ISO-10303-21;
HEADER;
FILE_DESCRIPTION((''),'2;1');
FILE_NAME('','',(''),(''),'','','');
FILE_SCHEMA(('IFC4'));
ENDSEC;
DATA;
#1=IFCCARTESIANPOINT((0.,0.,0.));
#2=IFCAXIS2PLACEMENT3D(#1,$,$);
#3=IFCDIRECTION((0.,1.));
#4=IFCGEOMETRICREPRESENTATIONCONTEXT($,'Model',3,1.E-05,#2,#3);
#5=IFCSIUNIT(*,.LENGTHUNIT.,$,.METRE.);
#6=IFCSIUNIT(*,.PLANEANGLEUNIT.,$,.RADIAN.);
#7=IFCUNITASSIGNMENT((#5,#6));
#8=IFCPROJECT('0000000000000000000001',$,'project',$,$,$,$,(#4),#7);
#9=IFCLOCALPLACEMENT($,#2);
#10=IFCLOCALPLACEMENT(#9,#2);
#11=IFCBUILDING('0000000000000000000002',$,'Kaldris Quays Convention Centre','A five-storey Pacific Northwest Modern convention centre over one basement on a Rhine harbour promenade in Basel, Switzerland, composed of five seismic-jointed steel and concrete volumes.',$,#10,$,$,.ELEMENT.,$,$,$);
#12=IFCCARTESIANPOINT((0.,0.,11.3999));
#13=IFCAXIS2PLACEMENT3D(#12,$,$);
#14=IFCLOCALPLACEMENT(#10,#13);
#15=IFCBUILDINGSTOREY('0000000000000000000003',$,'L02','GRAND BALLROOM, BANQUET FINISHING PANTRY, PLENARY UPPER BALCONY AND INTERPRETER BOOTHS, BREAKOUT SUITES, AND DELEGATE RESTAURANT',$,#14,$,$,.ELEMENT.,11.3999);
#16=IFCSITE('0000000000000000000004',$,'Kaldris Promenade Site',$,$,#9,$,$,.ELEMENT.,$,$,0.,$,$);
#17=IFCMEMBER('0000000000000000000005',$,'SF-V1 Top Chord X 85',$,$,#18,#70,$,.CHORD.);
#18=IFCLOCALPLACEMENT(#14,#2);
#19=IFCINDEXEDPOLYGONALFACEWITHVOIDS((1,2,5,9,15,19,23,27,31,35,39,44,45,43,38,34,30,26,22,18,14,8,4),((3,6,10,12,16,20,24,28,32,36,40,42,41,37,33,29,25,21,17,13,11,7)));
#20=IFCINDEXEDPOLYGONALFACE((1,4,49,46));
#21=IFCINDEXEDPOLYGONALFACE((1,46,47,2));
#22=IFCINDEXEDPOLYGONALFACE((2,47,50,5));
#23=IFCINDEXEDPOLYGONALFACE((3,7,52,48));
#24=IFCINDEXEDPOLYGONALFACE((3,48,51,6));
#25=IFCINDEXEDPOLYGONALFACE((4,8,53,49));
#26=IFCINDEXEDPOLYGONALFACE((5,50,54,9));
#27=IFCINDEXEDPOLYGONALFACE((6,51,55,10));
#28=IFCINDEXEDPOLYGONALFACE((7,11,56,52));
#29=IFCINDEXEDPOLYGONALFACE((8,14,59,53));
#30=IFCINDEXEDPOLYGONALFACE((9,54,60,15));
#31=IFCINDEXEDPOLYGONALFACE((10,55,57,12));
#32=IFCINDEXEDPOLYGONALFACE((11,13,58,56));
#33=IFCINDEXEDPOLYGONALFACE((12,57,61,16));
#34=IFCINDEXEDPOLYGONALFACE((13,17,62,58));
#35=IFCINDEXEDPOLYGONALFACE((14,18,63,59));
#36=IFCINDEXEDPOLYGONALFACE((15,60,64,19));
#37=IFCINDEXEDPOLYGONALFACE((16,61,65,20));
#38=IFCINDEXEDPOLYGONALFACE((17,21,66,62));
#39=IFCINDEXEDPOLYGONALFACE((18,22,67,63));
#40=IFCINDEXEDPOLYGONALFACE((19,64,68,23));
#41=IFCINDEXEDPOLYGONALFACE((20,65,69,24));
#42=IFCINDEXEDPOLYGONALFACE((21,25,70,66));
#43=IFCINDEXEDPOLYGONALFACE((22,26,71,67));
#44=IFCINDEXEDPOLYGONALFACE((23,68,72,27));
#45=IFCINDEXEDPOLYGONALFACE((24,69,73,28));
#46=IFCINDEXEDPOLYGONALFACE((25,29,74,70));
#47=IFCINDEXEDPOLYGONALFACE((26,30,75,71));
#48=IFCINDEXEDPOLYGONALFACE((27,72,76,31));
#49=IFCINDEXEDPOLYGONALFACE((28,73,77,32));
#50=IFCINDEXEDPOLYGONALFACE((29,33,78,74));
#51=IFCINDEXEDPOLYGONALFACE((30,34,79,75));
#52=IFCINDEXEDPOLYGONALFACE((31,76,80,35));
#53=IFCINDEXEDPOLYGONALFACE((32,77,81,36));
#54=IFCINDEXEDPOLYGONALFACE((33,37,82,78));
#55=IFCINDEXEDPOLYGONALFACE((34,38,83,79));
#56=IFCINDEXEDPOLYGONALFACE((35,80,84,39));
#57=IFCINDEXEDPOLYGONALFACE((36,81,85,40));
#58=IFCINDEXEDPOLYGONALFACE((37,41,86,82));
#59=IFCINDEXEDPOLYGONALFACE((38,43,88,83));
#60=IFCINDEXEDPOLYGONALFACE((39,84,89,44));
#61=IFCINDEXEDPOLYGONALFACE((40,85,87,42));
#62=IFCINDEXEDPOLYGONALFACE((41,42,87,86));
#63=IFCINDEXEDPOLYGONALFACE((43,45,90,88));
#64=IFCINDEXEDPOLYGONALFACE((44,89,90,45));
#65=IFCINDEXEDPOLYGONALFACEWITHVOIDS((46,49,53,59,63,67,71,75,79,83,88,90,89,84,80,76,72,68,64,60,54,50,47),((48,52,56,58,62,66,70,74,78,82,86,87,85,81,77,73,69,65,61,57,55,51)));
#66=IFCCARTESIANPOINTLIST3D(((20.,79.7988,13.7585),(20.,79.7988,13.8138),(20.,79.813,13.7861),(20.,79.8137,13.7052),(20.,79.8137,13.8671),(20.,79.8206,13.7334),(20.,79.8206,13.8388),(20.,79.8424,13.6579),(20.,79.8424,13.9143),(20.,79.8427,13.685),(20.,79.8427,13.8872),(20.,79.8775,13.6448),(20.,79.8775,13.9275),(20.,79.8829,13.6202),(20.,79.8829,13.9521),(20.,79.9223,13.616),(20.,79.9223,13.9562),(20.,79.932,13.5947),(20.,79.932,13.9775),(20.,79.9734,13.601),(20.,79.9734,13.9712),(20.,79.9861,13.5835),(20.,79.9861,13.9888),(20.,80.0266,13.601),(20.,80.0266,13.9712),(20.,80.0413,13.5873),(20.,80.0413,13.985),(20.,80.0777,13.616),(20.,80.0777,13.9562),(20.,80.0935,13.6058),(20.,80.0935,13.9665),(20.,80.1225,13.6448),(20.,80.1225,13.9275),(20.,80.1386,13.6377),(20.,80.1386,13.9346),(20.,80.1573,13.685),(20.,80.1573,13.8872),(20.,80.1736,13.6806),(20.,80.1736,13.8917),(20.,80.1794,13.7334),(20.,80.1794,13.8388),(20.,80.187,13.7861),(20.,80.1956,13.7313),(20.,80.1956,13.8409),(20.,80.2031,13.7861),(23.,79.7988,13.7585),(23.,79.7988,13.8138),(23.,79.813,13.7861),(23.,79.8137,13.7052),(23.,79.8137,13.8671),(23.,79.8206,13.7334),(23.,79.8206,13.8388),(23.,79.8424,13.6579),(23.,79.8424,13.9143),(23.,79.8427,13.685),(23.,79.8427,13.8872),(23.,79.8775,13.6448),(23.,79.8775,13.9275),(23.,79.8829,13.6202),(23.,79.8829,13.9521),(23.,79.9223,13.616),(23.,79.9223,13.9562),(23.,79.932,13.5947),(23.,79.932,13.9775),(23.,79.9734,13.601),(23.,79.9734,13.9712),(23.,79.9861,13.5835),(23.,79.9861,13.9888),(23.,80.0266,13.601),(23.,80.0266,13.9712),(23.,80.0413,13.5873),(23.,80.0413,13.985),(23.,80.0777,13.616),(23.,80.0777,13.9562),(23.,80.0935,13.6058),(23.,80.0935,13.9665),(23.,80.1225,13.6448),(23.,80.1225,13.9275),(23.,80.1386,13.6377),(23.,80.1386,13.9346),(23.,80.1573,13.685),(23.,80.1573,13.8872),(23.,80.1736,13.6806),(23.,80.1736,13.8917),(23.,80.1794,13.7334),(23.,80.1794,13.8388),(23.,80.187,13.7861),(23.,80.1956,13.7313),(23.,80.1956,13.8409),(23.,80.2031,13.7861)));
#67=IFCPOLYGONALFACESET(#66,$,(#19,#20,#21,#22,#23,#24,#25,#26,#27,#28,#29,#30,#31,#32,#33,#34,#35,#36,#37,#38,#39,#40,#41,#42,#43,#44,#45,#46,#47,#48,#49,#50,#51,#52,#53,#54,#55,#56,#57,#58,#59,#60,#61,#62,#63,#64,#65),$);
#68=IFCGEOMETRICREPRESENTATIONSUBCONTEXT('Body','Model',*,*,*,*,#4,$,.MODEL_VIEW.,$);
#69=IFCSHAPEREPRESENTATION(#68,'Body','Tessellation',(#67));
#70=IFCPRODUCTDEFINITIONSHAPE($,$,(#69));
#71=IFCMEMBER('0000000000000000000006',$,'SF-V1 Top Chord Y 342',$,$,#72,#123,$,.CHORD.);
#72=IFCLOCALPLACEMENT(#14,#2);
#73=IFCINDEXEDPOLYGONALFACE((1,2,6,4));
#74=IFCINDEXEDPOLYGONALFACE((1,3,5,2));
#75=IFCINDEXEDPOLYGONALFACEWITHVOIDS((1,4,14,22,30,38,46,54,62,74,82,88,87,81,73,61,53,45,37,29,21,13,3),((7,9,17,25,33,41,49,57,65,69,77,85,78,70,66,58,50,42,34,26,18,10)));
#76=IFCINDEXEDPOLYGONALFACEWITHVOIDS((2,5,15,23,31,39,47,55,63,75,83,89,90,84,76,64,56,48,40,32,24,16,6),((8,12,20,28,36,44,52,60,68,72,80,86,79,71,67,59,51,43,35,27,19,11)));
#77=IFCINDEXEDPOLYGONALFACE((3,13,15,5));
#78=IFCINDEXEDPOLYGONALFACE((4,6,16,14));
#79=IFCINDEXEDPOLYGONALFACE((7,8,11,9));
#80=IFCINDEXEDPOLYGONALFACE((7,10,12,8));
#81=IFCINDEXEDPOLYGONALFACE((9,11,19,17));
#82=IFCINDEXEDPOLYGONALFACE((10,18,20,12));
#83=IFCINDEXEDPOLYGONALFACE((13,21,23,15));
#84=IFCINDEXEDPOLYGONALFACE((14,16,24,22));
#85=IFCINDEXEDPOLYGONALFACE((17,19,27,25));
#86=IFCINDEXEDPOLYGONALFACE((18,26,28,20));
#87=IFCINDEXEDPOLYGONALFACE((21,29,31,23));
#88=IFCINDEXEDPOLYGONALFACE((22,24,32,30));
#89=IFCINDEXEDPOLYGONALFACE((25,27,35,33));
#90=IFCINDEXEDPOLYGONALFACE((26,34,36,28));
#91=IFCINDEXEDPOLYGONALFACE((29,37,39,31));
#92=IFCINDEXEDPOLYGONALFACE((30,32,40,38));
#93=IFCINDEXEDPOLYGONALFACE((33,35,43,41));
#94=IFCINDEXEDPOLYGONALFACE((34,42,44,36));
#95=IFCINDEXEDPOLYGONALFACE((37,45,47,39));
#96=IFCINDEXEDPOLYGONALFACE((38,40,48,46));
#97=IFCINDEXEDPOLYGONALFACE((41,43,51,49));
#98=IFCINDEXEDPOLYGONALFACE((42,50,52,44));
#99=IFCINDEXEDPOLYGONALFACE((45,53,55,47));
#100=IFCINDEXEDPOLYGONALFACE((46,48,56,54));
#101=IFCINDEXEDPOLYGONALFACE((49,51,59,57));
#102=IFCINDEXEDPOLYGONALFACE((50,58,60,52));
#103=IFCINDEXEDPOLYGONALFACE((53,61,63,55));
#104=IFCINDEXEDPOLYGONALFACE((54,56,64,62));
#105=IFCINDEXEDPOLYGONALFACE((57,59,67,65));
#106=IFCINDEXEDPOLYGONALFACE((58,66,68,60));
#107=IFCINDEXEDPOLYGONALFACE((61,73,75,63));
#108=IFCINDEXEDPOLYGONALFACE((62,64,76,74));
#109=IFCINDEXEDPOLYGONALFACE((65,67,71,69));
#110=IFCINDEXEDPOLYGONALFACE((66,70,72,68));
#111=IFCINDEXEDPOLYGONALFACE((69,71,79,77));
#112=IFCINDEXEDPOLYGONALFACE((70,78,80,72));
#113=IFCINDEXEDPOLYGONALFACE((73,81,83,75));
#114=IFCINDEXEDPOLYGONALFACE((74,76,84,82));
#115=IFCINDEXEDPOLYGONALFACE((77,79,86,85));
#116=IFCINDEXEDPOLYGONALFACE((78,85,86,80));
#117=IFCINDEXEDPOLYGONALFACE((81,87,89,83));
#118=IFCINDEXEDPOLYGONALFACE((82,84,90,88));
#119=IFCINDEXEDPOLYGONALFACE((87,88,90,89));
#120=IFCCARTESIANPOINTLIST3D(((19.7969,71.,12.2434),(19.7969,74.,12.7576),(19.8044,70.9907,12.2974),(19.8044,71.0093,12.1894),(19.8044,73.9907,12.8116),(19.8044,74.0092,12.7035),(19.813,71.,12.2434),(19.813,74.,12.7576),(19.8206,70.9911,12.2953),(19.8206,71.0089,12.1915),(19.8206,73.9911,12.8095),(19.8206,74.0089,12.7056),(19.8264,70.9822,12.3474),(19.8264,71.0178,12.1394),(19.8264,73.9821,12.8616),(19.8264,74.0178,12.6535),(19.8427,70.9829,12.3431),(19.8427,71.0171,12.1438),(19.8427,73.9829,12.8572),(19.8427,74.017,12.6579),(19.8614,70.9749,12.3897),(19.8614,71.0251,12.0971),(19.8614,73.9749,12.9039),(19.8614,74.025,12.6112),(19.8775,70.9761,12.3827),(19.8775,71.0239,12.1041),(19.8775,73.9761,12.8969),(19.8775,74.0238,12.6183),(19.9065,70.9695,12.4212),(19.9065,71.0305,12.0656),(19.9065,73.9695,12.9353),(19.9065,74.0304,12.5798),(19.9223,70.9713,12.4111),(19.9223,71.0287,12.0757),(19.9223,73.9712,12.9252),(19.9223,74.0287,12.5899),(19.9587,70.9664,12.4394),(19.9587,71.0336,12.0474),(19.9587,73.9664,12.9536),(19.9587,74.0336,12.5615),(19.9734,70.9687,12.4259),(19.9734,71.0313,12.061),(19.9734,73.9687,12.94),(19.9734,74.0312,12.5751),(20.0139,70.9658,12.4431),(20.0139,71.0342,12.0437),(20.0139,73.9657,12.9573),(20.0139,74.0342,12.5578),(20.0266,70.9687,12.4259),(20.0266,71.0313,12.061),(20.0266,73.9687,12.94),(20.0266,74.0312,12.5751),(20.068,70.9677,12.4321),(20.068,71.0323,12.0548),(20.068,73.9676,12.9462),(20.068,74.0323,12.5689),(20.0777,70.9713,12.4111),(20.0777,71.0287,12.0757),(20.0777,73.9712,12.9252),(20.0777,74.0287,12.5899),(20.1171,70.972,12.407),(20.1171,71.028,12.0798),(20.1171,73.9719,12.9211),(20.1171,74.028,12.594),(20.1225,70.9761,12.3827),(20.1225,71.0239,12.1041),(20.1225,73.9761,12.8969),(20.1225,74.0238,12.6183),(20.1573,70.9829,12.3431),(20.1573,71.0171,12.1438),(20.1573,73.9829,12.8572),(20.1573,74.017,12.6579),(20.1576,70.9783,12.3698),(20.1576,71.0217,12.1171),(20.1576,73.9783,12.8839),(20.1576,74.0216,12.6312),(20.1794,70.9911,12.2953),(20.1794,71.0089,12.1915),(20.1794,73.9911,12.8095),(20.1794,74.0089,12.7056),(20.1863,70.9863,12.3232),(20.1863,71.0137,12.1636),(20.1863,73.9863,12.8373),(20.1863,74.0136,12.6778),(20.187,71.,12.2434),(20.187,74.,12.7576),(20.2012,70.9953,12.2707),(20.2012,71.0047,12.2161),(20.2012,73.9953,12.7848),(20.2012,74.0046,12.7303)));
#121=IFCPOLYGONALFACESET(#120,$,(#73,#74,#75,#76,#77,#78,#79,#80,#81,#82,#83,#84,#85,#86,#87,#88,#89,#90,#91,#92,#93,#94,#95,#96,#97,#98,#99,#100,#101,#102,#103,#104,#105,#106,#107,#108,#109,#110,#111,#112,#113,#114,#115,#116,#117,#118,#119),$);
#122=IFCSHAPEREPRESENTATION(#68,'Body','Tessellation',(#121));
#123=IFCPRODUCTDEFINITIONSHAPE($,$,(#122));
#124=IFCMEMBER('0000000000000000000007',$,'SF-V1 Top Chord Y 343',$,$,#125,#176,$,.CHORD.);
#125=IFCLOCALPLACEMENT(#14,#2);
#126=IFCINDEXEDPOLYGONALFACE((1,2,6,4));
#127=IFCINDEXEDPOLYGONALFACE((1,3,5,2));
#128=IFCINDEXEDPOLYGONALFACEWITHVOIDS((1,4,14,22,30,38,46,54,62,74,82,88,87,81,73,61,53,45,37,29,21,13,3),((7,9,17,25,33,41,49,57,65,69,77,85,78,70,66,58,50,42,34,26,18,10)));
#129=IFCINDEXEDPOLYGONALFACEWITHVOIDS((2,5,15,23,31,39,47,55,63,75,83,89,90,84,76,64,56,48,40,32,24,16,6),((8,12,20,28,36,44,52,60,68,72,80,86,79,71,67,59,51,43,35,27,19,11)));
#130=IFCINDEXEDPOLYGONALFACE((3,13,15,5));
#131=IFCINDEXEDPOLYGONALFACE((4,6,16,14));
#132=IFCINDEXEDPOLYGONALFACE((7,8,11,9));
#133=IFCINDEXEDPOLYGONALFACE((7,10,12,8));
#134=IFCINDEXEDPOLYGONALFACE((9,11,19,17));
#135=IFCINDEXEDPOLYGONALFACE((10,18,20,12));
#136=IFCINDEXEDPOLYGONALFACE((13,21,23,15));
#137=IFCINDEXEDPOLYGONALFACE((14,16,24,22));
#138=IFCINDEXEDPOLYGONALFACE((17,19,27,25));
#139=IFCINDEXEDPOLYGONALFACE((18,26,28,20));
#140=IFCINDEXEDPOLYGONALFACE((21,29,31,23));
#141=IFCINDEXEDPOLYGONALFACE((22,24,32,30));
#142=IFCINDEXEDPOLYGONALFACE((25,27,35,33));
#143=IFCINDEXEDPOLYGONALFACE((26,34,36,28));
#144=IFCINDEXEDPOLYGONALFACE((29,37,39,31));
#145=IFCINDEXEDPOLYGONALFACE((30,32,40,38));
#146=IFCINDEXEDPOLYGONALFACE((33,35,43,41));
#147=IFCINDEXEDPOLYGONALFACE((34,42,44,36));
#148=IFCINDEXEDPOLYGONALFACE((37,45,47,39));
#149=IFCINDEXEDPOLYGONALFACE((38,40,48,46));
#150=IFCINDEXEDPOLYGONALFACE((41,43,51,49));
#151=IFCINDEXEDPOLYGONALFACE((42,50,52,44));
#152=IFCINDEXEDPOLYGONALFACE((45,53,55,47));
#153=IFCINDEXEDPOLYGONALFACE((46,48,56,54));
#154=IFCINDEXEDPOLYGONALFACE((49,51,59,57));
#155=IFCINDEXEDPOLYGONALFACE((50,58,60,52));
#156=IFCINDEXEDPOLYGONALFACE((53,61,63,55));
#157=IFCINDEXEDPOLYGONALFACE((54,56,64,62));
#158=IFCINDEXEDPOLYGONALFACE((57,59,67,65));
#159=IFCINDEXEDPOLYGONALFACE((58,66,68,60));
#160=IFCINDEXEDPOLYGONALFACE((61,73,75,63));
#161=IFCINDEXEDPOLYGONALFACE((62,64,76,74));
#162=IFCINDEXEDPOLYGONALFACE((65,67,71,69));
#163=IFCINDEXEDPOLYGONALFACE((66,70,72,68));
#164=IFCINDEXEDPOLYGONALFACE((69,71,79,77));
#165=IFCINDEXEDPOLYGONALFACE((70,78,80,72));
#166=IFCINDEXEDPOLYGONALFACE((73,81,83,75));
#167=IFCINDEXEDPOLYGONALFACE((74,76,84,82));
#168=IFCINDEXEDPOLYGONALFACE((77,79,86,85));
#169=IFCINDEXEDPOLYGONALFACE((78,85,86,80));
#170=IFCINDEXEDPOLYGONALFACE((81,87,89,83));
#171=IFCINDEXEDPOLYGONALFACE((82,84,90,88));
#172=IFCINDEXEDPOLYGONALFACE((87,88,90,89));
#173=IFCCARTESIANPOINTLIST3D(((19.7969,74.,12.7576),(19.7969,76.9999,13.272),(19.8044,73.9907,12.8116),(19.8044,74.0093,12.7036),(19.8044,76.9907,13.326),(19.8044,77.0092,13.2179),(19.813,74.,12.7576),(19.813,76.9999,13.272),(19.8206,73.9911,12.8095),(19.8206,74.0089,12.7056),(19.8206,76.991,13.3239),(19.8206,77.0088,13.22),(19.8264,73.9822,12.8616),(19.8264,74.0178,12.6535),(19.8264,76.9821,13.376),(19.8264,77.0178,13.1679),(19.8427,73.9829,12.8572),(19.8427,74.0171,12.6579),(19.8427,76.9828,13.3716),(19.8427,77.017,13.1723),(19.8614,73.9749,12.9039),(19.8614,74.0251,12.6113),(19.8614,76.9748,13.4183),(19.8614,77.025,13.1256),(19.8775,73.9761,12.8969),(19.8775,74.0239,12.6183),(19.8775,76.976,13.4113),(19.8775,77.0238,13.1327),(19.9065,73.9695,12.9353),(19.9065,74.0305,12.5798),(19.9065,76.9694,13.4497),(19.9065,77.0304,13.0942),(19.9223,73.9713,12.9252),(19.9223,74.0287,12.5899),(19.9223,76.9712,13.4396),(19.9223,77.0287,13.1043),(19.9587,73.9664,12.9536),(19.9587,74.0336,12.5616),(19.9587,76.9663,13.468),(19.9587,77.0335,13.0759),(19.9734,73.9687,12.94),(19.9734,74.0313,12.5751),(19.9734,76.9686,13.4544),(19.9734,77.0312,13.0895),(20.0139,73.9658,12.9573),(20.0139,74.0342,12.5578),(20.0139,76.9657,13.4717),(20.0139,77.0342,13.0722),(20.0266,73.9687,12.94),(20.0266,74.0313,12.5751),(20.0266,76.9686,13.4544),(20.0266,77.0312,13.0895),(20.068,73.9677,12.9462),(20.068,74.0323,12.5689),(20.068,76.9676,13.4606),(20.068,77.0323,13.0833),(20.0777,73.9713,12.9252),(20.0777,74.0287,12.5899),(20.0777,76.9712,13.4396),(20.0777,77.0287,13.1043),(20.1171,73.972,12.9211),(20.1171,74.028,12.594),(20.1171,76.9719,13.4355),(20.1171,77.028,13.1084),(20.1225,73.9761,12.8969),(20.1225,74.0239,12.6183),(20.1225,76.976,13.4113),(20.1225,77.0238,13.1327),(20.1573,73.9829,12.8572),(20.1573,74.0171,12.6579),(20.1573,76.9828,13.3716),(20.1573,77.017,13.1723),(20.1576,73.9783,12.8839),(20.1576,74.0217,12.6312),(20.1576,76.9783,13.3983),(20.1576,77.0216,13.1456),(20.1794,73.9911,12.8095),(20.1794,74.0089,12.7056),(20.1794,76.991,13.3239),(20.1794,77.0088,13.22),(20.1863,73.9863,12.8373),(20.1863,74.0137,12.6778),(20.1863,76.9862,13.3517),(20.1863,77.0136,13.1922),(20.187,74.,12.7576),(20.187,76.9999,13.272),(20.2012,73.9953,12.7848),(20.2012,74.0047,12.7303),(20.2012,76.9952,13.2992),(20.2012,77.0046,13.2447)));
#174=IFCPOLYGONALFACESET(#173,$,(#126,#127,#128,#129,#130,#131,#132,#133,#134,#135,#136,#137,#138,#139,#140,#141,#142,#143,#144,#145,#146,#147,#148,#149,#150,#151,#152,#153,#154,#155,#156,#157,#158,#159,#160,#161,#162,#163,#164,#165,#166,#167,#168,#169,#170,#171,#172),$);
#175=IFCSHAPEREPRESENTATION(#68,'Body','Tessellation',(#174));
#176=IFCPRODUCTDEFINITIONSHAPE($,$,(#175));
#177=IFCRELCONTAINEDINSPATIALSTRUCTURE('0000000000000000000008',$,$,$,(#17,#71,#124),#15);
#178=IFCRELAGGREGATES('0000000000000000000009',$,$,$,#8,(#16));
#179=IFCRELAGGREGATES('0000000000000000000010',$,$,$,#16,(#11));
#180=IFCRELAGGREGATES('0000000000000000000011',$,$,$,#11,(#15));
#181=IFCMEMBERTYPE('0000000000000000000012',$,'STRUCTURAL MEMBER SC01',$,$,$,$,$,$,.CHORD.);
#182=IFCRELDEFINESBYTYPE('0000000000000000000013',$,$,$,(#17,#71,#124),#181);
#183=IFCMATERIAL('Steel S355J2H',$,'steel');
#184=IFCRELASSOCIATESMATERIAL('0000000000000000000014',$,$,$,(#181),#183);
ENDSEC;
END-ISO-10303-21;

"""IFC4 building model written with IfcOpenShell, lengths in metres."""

from ifc_helpers import new_model, si_unit, direction, frame, origin, origin_2d, place, context, subcontext, project, spatial, hollow_circle, extrude, material, material_profile, profile_set, type_object, element, save


model = new_model("IFC4")

# Units and contexts
model_context = context("Model", 3, precision=1e-05, world=origin(), true_north=direction((0.0, 1.0)))
body_context = subcontext(model_context, "Body", "Model", "MODEL_VIEW")
ifc_project = project(units=[si_unit("LENGTHUNIT", "METRE"), si_unit("PLANEANGLEUNIT", "RADIAN")], contexts=[model_context])

# Site, building, storey
site_placement = place(None, origin())
site = spatial("IfcSite", under=ifc_project, at=site_placement, Name="Kaldris Promenade Site", CompositionType="ELEMENT", RefElevation=0.0)
building_placement = place(site_placement, origin())
building = spatial("IfcBuilding", under=site, at=building_placement, Name="Kaldris Quays Convention Centre", Description="A five-storey Pacific Northwest Modern convention centre over one basement on a Rhine harbour promenade in Basel, Switzerland, composed of five seismic-jointed steel and concrete volumes.", CompositionType="ELEMENT")
storey_placement = place(building_placement, frame((0.0, 0.0, 11.3999)))
storey = spatial("IfcBuildingStorey", under=building, at=storey_placement, Name="L02", Description="GRAND BALLROOM, BANQUET FINISHING PANTRY, PLENARY UPPER BALCONY AND INTERPRETER BOOTHS, BREAKOUT SUITES, AND DELEGATE RESTAURANT", CompositionType="ELEMENT", Elevation=11.3999)

# Members
ifc_material_1 = material(Name="Steel S355J2H", Category="steel")
ifc_material_profile_1 = material_profile(ifc_material_1, hollow_circle(Radius=0.2031, WallThickness=0.0161, at=origin_2d()), Name="CHS 406.4x16")
ifc_profile_set_1 = profile_set([ifc_material_profile_1], Name="Steel S355J2H")
member_type_1 = type_object("IfcMemberType", Name="STRUCTURAL MEMBER SC01", PredefinedType="CHORD", material=ifc_profile_set_1)
member_1_placement = place(storey_placement, frame((20.0, 80.0, 13.7861), z_axis=(1.0, 0.0, 0.0), x_axis=(0.0, 1.0, 0.0)))
element("IfcMember", 1, at=member_1_placement, inside=storey, type_object=member_type_1, Name="SF-V1 Top Chord X 85", PredefinedType="CHORD", context=body_context, shape_type="SweptSolid", body=[
    extrude(hollow_circle(Radius=0.2031, WallThickness=0.0161, at=origin_2d()), origin(), (0.0, 0.0, 1.0), 3.0),
])
for number, where, z_axis, x_axis, name in (
    (2, (20.0, 71.0, 12.2434), (0.0, 0.985629, 0.168924), (-1.0, 0.0, 0.0), "SF-V1 Top Chord Y 342"),
    (3, (20.0, 74.0, 12.7576), (0.0, 0.985616, 0.169002), (-1.0, 0.0, 0.0), "SF-V1 Top Chord Y 343"),
):
    element("IfcMember", number, at=place(storey_placement, frame(where, z_axis=z_axis, x_axis=x_axis)), inside=storey, type_object=member_type_1, Name=name, PredefinedType="CHORD", context=body_context, shape_type="SweptSolid", body=[
        extrude(hollow_circle(Radius=0.2031, WallThickness=0.0161, at=origin_2d()), origin(), (0.0, 0.0, 1.0), 3.0437),
    ])

save(model, "model.ifc")
